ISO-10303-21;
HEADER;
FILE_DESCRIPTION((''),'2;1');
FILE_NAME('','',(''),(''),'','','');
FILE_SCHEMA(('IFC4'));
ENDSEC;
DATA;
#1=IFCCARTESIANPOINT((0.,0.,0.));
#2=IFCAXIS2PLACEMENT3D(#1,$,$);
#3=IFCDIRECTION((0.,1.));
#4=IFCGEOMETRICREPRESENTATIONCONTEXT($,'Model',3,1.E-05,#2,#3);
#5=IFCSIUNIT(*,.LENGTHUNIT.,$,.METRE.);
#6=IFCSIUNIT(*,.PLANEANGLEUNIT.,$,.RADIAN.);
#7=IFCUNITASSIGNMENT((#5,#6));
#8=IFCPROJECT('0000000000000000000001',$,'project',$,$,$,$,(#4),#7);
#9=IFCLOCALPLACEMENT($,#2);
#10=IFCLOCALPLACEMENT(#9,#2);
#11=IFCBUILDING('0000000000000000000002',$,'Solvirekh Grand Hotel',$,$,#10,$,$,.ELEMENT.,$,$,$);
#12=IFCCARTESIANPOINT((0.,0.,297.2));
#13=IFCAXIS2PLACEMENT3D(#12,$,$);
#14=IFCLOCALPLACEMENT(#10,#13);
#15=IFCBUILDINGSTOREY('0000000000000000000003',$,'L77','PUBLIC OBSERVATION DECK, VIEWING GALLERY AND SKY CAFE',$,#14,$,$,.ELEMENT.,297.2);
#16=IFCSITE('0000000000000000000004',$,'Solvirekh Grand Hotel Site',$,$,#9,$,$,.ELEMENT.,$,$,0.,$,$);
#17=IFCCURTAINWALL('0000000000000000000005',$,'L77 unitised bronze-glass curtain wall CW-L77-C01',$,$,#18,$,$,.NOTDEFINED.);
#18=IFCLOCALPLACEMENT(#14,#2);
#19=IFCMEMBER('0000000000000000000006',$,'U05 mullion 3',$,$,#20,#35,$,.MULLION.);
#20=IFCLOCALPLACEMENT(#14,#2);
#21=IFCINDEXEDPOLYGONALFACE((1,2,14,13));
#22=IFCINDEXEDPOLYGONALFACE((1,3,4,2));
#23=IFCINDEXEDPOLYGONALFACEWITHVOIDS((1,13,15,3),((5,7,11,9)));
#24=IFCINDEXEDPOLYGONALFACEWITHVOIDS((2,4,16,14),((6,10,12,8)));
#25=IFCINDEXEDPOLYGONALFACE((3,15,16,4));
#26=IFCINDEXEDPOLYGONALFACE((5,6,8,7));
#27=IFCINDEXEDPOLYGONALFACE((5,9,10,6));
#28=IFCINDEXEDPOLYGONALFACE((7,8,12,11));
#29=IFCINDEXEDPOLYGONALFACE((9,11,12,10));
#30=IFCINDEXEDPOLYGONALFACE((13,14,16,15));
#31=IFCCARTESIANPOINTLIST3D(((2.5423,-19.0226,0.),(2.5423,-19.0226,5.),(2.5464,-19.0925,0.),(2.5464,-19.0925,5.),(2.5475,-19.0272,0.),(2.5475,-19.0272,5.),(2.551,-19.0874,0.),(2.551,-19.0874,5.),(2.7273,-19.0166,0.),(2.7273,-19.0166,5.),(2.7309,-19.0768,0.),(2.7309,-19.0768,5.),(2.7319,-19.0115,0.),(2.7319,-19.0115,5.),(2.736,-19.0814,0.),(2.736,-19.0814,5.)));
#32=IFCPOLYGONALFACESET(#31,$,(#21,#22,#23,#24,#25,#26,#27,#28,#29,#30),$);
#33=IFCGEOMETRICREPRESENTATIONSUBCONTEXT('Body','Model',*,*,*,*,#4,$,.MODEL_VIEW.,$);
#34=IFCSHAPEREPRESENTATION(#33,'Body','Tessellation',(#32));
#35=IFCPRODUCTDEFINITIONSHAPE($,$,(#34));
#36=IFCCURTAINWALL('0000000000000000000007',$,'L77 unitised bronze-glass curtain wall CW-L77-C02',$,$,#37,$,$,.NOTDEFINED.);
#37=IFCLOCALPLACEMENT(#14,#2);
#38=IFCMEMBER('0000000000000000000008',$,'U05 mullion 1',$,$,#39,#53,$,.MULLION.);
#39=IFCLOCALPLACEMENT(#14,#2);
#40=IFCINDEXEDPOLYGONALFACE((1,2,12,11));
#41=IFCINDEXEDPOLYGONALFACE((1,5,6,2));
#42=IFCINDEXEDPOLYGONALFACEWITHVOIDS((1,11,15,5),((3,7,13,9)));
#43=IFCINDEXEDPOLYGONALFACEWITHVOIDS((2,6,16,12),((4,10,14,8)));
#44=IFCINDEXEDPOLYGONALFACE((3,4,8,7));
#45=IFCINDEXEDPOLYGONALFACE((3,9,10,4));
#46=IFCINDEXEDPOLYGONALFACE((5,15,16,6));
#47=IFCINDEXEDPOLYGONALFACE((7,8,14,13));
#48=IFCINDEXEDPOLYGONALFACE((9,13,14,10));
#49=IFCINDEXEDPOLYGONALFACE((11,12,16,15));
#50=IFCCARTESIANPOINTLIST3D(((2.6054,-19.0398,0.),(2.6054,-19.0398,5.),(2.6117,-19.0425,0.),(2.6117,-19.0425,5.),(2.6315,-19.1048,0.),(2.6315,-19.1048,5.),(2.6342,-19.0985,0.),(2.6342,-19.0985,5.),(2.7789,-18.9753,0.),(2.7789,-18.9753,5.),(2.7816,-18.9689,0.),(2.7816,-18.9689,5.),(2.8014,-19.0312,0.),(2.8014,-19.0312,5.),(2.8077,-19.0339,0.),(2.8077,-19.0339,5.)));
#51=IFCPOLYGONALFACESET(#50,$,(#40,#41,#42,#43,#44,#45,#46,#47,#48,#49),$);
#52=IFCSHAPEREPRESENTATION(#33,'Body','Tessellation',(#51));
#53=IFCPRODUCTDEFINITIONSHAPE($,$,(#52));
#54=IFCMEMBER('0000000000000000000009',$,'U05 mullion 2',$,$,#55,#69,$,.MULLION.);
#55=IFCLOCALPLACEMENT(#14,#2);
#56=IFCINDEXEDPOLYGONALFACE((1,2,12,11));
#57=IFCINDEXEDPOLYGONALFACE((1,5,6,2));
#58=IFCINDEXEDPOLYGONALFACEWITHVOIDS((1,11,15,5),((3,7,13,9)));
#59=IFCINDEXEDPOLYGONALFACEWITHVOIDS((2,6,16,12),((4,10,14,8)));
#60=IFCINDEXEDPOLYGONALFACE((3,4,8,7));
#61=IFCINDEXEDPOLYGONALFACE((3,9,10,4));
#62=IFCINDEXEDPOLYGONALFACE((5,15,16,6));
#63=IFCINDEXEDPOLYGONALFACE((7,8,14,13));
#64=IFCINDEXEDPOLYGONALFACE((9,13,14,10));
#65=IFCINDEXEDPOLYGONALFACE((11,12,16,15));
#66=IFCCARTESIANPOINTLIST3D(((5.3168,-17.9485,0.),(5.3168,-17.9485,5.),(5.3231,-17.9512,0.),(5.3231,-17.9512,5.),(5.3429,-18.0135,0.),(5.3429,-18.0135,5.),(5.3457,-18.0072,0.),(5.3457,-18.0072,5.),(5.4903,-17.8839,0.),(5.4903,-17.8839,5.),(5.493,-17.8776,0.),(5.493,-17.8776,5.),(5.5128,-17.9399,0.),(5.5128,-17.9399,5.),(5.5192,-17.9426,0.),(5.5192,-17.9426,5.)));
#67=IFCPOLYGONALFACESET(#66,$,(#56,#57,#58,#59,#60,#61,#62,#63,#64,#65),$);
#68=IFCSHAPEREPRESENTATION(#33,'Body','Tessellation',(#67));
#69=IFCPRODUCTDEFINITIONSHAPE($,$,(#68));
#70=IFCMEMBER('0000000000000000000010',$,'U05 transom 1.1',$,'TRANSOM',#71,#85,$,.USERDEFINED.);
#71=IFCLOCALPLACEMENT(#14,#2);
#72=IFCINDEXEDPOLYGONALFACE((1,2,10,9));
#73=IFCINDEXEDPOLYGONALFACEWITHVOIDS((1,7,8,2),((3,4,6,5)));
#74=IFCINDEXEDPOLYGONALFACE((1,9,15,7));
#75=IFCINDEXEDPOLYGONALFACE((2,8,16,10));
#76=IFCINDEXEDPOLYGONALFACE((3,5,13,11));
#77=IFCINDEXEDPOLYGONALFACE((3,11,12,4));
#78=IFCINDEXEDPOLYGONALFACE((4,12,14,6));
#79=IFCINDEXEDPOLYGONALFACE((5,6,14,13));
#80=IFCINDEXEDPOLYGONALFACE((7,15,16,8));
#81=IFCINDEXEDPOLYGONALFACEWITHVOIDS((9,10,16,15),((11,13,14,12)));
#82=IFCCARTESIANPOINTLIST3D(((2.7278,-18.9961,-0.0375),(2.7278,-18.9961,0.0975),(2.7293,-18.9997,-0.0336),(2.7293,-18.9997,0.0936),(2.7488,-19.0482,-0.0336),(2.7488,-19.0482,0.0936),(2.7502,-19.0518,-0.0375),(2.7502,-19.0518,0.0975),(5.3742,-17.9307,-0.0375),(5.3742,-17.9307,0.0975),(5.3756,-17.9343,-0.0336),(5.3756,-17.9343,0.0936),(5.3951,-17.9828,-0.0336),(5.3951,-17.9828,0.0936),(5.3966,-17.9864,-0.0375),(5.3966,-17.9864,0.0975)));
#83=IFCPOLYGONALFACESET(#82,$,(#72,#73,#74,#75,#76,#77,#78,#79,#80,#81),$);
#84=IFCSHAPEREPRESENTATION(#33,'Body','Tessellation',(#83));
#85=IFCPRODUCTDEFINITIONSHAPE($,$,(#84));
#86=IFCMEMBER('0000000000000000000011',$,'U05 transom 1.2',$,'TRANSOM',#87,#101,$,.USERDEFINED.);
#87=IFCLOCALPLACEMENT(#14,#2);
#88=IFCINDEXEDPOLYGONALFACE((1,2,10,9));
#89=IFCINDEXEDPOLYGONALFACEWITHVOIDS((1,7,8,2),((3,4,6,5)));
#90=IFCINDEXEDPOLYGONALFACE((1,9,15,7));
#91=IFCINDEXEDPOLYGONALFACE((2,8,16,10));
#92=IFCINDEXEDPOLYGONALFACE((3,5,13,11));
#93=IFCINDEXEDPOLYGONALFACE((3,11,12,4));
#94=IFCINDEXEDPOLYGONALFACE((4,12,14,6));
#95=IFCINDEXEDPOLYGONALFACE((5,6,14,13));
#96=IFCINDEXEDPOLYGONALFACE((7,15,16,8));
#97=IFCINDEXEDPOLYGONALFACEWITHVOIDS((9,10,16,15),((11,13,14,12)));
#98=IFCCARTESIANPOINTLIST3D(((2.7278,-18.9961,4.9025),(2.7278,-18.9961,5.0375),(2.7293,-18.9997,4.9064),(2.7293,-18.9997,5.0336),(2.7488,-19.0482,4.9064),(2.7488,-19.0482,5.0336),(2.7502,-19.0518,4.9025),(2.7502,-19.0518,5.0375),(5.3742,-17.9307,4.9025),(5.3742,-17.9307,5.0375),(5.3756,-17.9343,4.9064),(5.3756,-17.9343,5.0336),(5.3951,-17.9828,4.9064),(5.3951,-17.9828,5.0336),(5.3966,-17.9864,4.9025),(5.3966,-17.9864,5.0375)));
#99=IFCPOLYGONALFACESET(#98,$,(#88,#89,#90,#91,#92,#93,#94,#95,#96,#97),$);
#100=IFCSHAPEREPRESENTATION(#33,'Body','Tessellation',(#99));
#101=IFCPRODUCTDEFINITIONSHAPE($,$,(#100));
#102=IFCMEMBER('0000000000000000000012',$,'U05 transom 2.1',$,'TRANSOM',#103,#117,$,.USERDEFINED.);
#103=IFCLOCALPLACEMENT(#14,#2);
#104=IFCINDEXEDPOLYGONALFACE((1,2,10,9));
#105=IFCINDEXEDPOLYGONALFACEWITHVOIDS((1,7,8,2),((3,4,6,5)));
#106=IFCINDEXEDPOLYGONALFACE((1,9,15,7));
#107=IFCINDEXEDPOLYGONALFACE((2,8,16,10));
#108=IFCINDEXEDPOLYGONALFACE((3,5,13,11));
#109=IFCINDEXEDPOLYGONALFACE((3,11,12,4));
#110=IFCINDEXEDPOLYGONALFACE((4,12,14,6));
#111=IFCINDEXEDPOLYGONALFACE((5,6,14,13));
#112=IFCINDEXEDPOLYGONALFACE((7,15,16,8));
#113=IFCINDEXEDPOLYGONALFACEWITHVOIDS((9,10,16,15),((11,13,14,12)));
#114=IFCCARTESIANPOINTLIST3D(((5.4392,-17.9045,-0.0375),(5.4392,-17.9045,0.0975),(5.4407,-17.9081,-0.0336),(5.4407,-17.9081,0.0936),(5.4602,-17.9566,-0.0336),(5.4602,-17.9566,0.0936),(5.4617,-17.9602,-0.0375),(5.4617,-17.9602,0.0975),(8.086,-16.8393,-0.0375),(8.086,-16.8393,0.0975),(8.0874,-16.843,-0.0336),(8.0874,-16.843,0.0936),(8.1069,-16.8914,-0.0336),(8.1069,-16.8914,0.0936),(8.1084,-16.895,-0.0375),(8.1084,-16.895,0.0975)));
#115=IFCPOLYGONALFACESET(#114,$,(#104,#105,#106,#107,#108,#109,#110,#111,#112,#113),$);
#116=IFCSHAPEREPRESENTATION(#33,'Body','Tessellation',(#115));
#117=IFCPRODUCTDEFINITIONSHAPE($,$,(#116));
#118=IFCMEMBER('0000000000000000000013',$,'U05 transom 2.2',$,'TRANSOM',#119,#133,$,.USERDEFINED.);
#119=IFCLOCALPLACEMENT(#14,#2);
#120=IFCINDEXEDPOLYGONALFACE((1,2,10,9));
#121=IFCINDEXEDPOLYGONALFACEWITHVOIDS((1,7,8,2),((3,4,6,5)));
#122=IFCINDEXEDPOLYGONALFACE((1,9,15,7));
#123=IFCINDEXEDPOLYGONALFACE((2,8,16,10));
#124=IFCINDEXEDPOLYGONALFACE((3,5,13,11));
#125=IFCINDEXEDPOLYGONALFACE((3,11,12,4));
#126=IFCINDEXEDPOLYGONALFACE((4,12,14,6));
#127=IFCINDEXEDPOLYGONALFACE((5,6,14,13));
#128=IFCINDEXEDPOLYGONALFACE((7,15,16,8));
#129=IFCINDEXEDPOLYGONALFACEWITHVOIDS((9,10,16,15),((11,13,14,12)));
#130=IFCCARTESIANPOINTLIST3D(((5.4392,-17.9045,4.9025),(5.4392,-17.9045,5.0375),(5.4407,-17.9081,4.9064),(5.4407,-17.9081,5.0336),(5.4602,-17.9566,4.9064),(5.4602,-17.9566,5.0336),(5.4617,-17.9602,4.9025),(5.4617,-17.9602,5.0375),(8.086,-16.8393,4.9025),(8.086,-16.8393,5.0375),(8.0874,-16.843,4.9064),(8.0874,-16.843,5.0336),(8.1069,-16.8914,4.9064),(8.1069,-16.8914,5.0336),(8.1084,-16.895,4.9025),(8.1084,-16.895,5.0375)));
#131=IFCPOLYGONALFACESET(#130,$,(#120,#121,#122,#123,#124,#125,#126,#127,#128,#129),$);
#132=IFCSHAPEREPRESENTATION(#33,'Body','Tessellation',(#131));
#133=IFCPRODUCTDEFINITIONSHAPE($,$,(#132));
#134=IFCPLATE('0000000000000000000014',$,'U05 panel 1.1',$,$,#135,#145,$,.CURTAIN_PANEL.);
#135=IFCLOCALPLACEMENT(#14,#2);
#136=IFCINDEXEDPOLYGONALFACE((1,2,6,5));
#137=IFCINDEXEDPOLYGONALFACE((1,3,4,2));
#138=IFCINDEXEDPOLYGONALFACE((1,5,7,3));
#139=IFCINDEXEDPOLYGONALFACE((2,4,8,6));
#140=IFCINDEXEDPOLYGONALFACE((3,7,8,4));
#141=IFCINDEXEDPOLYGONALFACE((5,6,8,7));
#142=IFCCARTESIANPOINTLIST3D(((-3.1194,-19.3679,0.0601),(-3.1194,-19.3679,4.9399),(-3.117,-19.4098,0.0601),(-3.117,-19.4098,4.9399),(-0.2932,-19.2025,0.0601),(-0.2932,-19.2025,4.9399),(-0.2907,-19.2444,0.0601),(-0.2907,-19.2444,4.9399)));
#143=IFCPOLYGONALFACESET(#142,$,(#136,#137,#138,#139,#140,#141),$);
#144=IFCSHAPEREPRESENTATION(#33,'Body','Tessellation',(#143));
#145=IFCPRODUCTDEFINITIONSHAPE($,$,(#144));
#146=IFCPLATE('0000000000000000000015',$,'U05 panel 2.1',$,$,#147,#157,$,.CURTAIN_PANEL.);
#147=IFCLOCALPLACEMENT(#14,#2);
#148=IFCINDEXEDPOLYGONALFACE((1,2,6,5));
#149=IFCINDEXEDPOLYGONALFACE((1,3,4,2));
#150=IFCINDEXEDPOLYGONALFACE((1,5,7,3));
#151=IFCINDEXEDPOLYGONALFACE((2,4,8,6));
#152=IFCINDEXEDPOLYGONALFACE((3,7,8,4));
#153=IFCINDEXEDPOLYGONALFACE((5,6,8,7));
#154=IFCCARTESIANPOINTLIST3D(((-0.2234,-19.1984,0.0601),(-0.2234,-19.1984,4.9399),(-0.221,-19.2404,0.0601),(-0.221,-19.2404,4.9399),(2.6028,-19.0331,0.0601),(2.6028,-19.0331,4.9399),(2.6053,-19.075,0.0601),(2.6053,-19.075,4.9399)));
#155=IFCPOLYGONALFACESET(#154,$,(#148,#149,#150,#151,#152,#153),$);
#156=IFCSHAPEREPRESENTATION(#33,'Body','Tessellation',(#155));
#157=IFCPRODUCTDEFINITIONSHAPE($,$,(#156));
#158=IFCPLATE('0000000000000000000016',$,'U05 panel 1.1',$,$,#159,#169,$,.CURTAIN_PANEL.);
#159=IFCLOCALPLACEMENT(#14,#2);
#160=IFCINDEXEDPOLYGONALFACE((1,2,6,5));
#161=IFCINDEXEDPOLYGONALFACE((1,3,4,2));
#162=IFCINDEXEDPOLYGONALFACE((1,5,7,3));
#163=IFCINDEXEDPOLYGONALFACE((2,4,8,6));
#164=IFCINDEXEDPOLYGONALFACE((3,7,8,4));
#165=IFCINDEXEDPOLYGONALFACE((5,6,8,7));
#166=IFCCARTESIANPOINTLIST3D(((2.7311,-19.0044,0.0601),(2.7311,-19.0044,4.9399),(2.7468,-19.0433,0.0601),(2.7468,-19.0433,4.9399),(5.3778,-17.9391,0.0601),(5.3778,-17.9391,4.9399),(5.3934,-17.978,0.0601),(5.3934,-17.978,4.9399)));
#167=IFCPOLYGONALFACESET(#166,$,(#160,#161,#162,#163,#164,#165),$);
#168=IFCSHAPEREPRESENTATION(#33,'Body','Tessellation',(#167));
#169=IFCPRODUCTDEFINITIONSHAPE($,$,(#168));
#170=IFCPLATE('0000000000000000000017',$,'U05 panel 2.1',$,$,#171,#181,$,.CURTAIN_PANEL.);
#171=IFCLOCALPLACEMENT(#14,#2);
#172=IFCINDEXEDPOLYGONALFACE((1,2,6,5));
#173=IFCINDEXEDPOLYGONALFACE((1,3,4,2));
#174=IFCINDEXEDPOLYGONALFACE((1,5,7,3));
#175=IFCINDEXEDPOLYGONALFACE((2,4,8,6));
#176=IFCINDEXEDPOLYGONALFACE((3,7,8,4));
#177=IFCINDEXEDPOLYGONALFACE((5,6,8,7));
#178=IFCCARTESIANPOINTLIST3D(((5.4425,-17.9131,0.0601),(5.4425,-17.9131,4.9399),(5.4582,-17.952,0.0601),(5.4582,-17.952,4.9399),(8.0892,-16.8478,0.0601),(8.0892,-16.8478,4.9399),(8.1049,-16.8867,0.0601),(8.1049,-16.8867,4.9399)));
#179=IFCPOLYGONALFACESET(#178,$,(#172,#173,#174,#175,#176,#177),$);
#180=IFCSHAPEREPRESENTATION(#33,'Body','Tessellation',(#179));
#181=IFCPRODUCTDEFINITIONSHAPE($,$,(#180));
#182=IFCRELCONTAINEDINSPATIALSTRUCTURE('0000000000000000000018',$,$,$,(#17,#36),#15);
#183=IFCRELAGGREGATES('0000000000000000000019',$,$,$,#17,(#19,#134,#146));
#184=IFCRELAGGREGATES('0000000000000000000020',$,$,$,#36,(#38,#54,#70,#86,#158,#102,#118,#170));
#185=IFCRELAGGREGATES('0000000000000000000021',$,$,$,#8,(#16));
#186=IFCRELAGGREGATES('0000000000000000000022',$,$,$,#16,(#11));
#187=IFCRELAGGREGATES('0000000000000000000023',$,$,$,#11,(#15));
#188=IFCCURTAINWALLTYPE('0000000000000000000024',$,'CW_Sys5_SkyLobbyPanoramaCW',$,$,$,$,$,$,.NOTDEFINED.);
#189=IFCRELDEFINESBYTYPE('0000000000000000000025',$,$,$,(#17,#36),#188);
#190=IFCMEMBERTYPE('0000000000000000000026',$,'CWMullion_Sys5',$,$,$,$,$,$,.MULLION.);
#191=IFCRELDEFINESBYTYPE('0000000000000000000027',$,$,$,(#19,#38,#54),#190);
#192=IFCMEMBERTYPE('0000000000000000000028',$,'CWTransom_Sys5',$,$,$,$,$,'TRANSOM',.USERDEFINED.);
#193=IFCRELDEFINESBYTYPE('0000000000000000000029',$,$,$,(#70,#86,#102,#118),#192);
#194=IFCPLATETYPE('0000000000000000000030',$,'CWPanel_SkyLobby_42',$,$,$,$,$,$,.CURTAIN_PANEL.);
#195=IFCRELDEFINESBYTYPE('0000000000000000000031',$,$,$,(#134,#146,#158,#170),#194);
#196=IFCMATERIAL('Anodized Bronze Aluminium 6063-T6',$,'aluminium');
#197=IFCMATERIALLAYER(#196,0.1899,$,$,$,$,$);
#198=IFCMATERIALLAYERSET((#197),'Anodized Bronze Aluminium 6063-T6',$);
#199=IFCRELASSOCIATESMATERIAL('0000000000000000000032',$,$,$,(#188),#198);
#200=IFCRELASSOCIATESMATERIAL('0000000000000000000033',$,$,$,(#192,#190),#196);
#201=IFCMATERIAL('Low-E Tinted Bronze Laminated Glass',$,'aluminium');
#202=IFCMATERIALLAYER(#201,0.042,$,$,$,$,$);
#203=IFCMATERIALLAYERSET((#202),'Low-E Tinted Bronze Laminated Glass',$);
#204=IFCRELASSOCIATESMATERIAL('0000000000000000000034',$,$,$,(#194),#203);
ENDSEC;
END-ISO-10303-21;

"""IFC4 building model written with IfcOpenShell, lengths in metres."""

from ifc_helpers import new_model, si_unit, direction, frame, origin, origin_2d, place, context, subcontext, project, spatial, rectangle, hollow_rectangle, extrude, source, transform, mapped, material, layer, layer_set, material_profile, profile_set, type_object, element, aggregate, save


model = new_model("IFC4")

# Units and contexts
model_context = context("Model", 3, precision=1e-05, world=origin(), true_north=direction((0.0, 1.0)))
body_context = subcontext(model_context, "Body", "Model", "MODEL_VIEW")
ifc_project = project(units=[si_unit("LENGTHUNIT", "METRE"), si_unit("PLANEANGLEUNIT", "RADIAN")], contexts=[model_context])

# Site, building, storey
site_placement = place(None, origin())
site = spatial("IfcSite", under=ifc_project, at=site_placement, Name="Solvirekh Grand Hotel Site", CompositionType="ELEMENT", RefElevation=0.0)
building_placement = place(site_placement, origin())
building = spatial("IfcBuilding", under=site, at=building_placement, Name="Solvirekh Grand Hotel", CompositionType="ELEMENT")
storey_placement = place(building_placement, frame((0.0, 0.0, 297.2)))
storey = spatial("IfcBuildingStorey", under=building, at=storey_placement, Name="L77", Description="PUBLIC OBSERVATION DECK, VIEWING GALLERY AND SKY CAFE", CompositionType="ELEMENT", Elevation=297.2)

# Curtain walls, members
ifc_material_1 = material(Name="Anodized Bronze Aluminium 6063-T6", Category="aluminium")
ifc_layer_1 = layer(ifc_material_1, 0.1899)
ifc_layer_set_1 = layer_set([ifc_layer_1], Name="Anodized Bronze Aluminium 6063-T6")
curtain_wall_type = type_object("IfcCurtainWallType", Name="CW_Sys5_SkyLobbyPanoramaCW", PredefinedType="NOTDEFINED", material=ifc_layer_set_1)
curtain_wall_1_placement = place(storey_placement, origin())
curtain_wall_1 = element("IfcCurtainWall", 1, at=curtain_wall_1_placement, inside=storey, type_object=curtain_wall_type, Name="L77 unitised bronze-glass curtain wall CW-L77-C01", PredefinedType="NOTDEFINED")
ifc_material_profile_1 = material_profile(ifc_material_1, hollow_rectangle(XDim=0.0601, YDim=0.135, WallThickness=0.0039, at=origin_2d()), Name="ALU RHS 135X60X4")
ifc_profile_set_1 = profile_set([ifc_material_profile_1], Name="Anodized Bronze Aluminium 6063-T6")
member_type_1 = type_object("IfcMemberType", Name="CWTransom_Sys5", ElementType="TRANSOM", PredefinedType="USERDEFINED", material=ifc_profile_set_1)
ifc_material_profile_2 = material_profile(ifc_material_1, hollow_rectangle(XDim=0.0701, YDim=0.1899, WallThickness=0.0049, at=origin_2d()), Name="ALU RHS 190X70X5")
ifc_profile_set_2 = profile_set([ifc_material_profile_2], Name="Anodized Bronze Aluminium 6063-T6")
member_type_2 = type_object("IfcMemberType", Name="CWMullion_Sys5", PredefinedType="MULLION", material=ifc_profile_set_2)
shared_shape_1 = source(origin(), body_context, "Body", "SweptSolid", [
    extrude(hollow_rectangle(XDim=0.0701, YDim=0.1899, WallThickness=0.0049, at=origin_2d()), origin(), (0.0, 0.0, 1.0), 5.0),
])
member_1_placement = place(storey_placement, frame((2.6392, -19.052, 0.0), z_axis=(0.0, 0.0, 1.0), x_axis=(-0.058413, 0.998293, 0.0)))
member_1 = element("IfcMember", 2, at=member_1_placement, type_object=member_type_2, Name="U05 mullion 3", PredefinedType="MULLION", context=body_context, shape_type="MappedRepresentation", body=[
    mapped(shared_shape_1, transform((0.0, 0.0, 0.0), x_axis=(1.0, 0.0, 0.0), y_axis=(0.0, 1.0, 0.0), z_axis=(0.0, 0.0, 1.0), scale=1.0)),
])
curtain_wall_2_placement = place(storey_placement, origin())
curtain_wall_2 = element("IfcCurtainWall", 3, at=curtain_wall_2_placement, inside=storey, type_object=curtain_wall_type, Name="L77 unitised bronze-glass curtain wall CW-L77-C02", PredefinedType="NOTDEFINED")
member_2_placement = place(storey_placement, frame((2.7065, -19.0369, 0.0), z_axis=(0.0, 0.0, 1.0), x_axis=(-0.373401, 0.92767, 0.0)))
member_2 = element("IfcMember", 4, at=member_2_placement, type_object=member_type_2, Name="U05 mullion 1", PredefinedType="MULLION", context=body_context, shape_type="MappedRepresentation", body=[
    mapped(shared_shape_1, transform((0.0, 0.0, 0.0), x_axis=(1.0, 0.0, 0.0), y_axis=(0.0, 1.0, 0.0), z_axis=(0.0, 0.0, 1.0), scale=1.0)),
])
member_3_placement = place(storey_placement, frame((5.418, -17.9456, 0.0), z_axis=(0.0, 0.0, 1.0), x_axis=(-0.373401, 0.92767, 0.0)))
member_3 = element("IfcMember", 5, at=member_3_placement, type_object=member_type_2, Name="U05 mullion 2", PredefinedType="MULLION", context=body_context, shape_type="MappedRepresentation", body=[
    mapped(shared_shape_1, transform((0.0, 0.0, 0.0), x_axis=(1.0, 0.0, 0.0), y_axis=(0.0, 1.0, 0.0), z_axis=(0.0, 0.0, 1.0), scale=1.0)),
])
shared_shape_2 = source(origin(), body_context, "Body", "SweptSolid", [
    extrude(hollow_rectangle(XDim=0.0601, YDim=0.135, WallThickness=0.0039, at=origin_2d()), origin(), (0.0, 0.0, 1.0), 2.8528),
])
member_4_placement = place(storey_placement, frame((2.739, -19.0239, 0.03), z_axis=(0.927648, 0.373455, 0.0), x_axis=(-0.373455, 0.927648, 0.0)))
member_4 = element("IfcMember", 6, at=member_4_placement, type_object=member_type_1, Name="U05 transom 1.1", ObjectType="TRANSOM", PredefinedType="USERDEFINED", context=body_context, shape_type="MappedRepresentation", body=[
    mapped(shared_shape_2, transform((0.0, 0.0, 0.0), x_axis=(1.0, 0.0, 0.0), y_axis=(0.0, 1.0, 0.0), z_axis=(0.0, 0.0, 1.0), scale=1.0)),
])
member_5_placement = place(storey_placement, frame((2.739, -19.0239, 4.97), z_axis=(0.927648, 0.373455, 0.0), x_axis=(-0.373455, 0.927648, 0.0)))
member_5 = element("IfcMember", 7, at=member_5_placement, type_object=member_type_1, Name="U05 transom 1.2", ObjectType="TRANSOM", PredefinedType="USERDEFINED", context=body_context, shape_type="MappedRepresentation", body=[
    mapped(shared_shape_2, transform((0.0, 0.0, 0.0), x_axis=(1.0, 0.0, 0.0), y_axis=(0.0, 1.0, 0.0), z_axis=(0.0, 0.0, 1.0), scale=1.0)),
])
shared_shape_3 = source(origin(), body_context, "Body", "SweptSolid", [
    extrude(hollow_rectangle(XDim=0.0601, YDim=0.135, WallThickness=0.0039, at=origin_2d()), origin(), (0.0, 0.0, 1.0), 2.853),
])
member_6_placement = place(storey_placement, frame((5.4504, -17.9324, 0.03), z_axis=(0.92769, 0.373352, 0.0), x_axis=(-0.373352, 0.92769, 0.0)))
member_6 = element("IfcMember", 8, at=member_6_placement, type_object=member_type_1, Name="U05 transom 2.1", ObjectType="TRANSOM", PredefinedType="USERDEFINED", context=body_context, shape_type="MappedRepresentation", body=[
    mapped(shared_shape_3, transform((0.0, 0.0, 0.0), x_axis=(1.0, 0.0, 0.0), y_axis=(0.0, 1.0, 0.0), z_axis=(0.0, 0.0, 1.0), scale=1.0)),
])
member_7_placement = place(storey_placement, frame((5.4504, -17.9324, 4.97), z_axis=(0.92769, 0.373352, 0.0), x_axis=(-0.373352, 0.92769, 0.0)))
member_7 = element("IfcMember", 9, at=member_7_placement, type_object=member_type_1, Name="U05 transom 2.2", ObjectType="TRANSOM", PredefinedType="USERDEFINED", context=body_context, shape_type="MappedRepresentation", body=[
    mapped(shared_shape_3, transform((0.0, 0.0, 0.0), x_axis=(1.0, 0.0, 0.0), y_axis=(0.0, 1.0, 0.0), z_axis=(0.0, 0.0, 1.0), scale=1.0)),
])

# Plates
ifc_material_2 = material(Name="Low-E Tinted Bronze Laminated Glass", Category="aluminium")
ifc_layer_2 = layer(ifc_material_2, 0.042)
ifc_layer_set_2 = layer_set([ifc_layer_2], Name="Low-E Tinted Bronze Laminated Glass")
plate_type = type_object("IfcPlateType", Name="CWPanel_SkyLobby_42", PredefinedType="CURTAIN_PANEL", material=ifc_layer_set_2)
shared_shape_4 = source(origin(), body_context, "Body", "SweptSolid", [
    extrude(rectangle(XDim=2.8311, YDim=0.042, at=origin_2d()), origin(), (0.0, 0.0, 1.0), 4.8799),
])
plate_1_placement = place(storey_placement, frame((-1.7051, -19.3062, 0.0601), z_axis=(0.0, 0.0, 1.0), x_axis=(0.998293, 0.058413, 0.0)))
plate_1 = element("IfcPlate", 10, at=plate_1_placement, type_object=plate_type, Name="U05 panel 1.1", PredefinedType="CURTAIN_PANEL", context=body_context, shape_type="MappedRepresentation", body=[
    mapped(shared_shape_4, transform((0.0, 0.0, 0.0), x_axis=(1.0, 0.0, 0.0), y_axis=(0.0, 1.0, 0.0), z_axis=(0.0, 0.0, 1.0), scale=1.0)),
])
plate_2_placement = place(storey_placement, frame((1.1909, -19.1367, 0.0601), z_axis=(0.0, 0.0, 1.0), x_axis=(0.998293, 0.058413, 0.0)))
plate_2 = element("IfcPlate", 11, at=plate_2_placement, type_object=plate_type, Name="U05 panel 2.1", PredefinedType="CURTAIN_PANEL", context=body_context, shape_type="MappedRepresentation", body=[
    mapped(shared_shape_4, transform((0.0, 0.0, 0.0), x_axis=(1.0, 0.0, 0.0), y_axis=(0.0, 1.0, 0.0), z_axis=(0.0, 0.0, 1.0), scale=1.0)),
])
aggregate(curtain_wall_1, [member_1, plate_1, plate_2])
shared_shape_5 = source(origin(), body_context, "Body", "SweptSolid", [
    extrude(rectangle(XDim=2.853, YDim=0.042, at=origin_2d()), origin(), (0.0, 0.0, 1.0), 4.8799),
])
plate_3_placement = place(storey_placement, frame((4.0623, -18.4912, 0.0601), z_axis=(0.0, 0.0, 1.0), x_axis=(0.92767, 0.373401, 0.0)))
plate_3 = element("IfcPlate", 12, at=plate_3_placement, type_object=plate_type, Name="U05 panel 1.1", PredefinedType="CURTAIN_PANEL", context=body_context, shape_type="MappedRepresentation", body=[
    mapped(shared_shape_5, transform((0.0, 0.0, 0.0), x_axis=(1.0, 0.0, 0.0), y_axis=(0.0, 1.0, 0.0), z_axis=(0.0, 0.0, 1.0), scale=1.0)),
])
plate_4_placement = place(storey_placement, frame((6.7737, -17.3999, 0.0601), z_axis=(0.0, 0.0, 1.0), x_axis=(0.92767, 0.373401, 0.0)))
plate_4 = element("IfcPlate", 13, at=plate_4_placement, type_object=plate_type, Name="U05 panel 2.1", PredefinedType="CURTAIN_PANEL", context=body_context, shape_type="MappedRepresentation", body=[
    mapped(shared_shape_5, transform((0.0, 0.0, 0.0), x_axis=(1.0, 0.0, 0.0), y_axis=(0.0, 1.0, 0.0), z_axis=(0.0, 0.0, 1.0), scale=1.0)),
])
aggregate(curtain_wall_2, [member_2, member_3, member_4, member_5, plate_3, member_6, member_7, plate_4])

save(model, "model.ifc")
